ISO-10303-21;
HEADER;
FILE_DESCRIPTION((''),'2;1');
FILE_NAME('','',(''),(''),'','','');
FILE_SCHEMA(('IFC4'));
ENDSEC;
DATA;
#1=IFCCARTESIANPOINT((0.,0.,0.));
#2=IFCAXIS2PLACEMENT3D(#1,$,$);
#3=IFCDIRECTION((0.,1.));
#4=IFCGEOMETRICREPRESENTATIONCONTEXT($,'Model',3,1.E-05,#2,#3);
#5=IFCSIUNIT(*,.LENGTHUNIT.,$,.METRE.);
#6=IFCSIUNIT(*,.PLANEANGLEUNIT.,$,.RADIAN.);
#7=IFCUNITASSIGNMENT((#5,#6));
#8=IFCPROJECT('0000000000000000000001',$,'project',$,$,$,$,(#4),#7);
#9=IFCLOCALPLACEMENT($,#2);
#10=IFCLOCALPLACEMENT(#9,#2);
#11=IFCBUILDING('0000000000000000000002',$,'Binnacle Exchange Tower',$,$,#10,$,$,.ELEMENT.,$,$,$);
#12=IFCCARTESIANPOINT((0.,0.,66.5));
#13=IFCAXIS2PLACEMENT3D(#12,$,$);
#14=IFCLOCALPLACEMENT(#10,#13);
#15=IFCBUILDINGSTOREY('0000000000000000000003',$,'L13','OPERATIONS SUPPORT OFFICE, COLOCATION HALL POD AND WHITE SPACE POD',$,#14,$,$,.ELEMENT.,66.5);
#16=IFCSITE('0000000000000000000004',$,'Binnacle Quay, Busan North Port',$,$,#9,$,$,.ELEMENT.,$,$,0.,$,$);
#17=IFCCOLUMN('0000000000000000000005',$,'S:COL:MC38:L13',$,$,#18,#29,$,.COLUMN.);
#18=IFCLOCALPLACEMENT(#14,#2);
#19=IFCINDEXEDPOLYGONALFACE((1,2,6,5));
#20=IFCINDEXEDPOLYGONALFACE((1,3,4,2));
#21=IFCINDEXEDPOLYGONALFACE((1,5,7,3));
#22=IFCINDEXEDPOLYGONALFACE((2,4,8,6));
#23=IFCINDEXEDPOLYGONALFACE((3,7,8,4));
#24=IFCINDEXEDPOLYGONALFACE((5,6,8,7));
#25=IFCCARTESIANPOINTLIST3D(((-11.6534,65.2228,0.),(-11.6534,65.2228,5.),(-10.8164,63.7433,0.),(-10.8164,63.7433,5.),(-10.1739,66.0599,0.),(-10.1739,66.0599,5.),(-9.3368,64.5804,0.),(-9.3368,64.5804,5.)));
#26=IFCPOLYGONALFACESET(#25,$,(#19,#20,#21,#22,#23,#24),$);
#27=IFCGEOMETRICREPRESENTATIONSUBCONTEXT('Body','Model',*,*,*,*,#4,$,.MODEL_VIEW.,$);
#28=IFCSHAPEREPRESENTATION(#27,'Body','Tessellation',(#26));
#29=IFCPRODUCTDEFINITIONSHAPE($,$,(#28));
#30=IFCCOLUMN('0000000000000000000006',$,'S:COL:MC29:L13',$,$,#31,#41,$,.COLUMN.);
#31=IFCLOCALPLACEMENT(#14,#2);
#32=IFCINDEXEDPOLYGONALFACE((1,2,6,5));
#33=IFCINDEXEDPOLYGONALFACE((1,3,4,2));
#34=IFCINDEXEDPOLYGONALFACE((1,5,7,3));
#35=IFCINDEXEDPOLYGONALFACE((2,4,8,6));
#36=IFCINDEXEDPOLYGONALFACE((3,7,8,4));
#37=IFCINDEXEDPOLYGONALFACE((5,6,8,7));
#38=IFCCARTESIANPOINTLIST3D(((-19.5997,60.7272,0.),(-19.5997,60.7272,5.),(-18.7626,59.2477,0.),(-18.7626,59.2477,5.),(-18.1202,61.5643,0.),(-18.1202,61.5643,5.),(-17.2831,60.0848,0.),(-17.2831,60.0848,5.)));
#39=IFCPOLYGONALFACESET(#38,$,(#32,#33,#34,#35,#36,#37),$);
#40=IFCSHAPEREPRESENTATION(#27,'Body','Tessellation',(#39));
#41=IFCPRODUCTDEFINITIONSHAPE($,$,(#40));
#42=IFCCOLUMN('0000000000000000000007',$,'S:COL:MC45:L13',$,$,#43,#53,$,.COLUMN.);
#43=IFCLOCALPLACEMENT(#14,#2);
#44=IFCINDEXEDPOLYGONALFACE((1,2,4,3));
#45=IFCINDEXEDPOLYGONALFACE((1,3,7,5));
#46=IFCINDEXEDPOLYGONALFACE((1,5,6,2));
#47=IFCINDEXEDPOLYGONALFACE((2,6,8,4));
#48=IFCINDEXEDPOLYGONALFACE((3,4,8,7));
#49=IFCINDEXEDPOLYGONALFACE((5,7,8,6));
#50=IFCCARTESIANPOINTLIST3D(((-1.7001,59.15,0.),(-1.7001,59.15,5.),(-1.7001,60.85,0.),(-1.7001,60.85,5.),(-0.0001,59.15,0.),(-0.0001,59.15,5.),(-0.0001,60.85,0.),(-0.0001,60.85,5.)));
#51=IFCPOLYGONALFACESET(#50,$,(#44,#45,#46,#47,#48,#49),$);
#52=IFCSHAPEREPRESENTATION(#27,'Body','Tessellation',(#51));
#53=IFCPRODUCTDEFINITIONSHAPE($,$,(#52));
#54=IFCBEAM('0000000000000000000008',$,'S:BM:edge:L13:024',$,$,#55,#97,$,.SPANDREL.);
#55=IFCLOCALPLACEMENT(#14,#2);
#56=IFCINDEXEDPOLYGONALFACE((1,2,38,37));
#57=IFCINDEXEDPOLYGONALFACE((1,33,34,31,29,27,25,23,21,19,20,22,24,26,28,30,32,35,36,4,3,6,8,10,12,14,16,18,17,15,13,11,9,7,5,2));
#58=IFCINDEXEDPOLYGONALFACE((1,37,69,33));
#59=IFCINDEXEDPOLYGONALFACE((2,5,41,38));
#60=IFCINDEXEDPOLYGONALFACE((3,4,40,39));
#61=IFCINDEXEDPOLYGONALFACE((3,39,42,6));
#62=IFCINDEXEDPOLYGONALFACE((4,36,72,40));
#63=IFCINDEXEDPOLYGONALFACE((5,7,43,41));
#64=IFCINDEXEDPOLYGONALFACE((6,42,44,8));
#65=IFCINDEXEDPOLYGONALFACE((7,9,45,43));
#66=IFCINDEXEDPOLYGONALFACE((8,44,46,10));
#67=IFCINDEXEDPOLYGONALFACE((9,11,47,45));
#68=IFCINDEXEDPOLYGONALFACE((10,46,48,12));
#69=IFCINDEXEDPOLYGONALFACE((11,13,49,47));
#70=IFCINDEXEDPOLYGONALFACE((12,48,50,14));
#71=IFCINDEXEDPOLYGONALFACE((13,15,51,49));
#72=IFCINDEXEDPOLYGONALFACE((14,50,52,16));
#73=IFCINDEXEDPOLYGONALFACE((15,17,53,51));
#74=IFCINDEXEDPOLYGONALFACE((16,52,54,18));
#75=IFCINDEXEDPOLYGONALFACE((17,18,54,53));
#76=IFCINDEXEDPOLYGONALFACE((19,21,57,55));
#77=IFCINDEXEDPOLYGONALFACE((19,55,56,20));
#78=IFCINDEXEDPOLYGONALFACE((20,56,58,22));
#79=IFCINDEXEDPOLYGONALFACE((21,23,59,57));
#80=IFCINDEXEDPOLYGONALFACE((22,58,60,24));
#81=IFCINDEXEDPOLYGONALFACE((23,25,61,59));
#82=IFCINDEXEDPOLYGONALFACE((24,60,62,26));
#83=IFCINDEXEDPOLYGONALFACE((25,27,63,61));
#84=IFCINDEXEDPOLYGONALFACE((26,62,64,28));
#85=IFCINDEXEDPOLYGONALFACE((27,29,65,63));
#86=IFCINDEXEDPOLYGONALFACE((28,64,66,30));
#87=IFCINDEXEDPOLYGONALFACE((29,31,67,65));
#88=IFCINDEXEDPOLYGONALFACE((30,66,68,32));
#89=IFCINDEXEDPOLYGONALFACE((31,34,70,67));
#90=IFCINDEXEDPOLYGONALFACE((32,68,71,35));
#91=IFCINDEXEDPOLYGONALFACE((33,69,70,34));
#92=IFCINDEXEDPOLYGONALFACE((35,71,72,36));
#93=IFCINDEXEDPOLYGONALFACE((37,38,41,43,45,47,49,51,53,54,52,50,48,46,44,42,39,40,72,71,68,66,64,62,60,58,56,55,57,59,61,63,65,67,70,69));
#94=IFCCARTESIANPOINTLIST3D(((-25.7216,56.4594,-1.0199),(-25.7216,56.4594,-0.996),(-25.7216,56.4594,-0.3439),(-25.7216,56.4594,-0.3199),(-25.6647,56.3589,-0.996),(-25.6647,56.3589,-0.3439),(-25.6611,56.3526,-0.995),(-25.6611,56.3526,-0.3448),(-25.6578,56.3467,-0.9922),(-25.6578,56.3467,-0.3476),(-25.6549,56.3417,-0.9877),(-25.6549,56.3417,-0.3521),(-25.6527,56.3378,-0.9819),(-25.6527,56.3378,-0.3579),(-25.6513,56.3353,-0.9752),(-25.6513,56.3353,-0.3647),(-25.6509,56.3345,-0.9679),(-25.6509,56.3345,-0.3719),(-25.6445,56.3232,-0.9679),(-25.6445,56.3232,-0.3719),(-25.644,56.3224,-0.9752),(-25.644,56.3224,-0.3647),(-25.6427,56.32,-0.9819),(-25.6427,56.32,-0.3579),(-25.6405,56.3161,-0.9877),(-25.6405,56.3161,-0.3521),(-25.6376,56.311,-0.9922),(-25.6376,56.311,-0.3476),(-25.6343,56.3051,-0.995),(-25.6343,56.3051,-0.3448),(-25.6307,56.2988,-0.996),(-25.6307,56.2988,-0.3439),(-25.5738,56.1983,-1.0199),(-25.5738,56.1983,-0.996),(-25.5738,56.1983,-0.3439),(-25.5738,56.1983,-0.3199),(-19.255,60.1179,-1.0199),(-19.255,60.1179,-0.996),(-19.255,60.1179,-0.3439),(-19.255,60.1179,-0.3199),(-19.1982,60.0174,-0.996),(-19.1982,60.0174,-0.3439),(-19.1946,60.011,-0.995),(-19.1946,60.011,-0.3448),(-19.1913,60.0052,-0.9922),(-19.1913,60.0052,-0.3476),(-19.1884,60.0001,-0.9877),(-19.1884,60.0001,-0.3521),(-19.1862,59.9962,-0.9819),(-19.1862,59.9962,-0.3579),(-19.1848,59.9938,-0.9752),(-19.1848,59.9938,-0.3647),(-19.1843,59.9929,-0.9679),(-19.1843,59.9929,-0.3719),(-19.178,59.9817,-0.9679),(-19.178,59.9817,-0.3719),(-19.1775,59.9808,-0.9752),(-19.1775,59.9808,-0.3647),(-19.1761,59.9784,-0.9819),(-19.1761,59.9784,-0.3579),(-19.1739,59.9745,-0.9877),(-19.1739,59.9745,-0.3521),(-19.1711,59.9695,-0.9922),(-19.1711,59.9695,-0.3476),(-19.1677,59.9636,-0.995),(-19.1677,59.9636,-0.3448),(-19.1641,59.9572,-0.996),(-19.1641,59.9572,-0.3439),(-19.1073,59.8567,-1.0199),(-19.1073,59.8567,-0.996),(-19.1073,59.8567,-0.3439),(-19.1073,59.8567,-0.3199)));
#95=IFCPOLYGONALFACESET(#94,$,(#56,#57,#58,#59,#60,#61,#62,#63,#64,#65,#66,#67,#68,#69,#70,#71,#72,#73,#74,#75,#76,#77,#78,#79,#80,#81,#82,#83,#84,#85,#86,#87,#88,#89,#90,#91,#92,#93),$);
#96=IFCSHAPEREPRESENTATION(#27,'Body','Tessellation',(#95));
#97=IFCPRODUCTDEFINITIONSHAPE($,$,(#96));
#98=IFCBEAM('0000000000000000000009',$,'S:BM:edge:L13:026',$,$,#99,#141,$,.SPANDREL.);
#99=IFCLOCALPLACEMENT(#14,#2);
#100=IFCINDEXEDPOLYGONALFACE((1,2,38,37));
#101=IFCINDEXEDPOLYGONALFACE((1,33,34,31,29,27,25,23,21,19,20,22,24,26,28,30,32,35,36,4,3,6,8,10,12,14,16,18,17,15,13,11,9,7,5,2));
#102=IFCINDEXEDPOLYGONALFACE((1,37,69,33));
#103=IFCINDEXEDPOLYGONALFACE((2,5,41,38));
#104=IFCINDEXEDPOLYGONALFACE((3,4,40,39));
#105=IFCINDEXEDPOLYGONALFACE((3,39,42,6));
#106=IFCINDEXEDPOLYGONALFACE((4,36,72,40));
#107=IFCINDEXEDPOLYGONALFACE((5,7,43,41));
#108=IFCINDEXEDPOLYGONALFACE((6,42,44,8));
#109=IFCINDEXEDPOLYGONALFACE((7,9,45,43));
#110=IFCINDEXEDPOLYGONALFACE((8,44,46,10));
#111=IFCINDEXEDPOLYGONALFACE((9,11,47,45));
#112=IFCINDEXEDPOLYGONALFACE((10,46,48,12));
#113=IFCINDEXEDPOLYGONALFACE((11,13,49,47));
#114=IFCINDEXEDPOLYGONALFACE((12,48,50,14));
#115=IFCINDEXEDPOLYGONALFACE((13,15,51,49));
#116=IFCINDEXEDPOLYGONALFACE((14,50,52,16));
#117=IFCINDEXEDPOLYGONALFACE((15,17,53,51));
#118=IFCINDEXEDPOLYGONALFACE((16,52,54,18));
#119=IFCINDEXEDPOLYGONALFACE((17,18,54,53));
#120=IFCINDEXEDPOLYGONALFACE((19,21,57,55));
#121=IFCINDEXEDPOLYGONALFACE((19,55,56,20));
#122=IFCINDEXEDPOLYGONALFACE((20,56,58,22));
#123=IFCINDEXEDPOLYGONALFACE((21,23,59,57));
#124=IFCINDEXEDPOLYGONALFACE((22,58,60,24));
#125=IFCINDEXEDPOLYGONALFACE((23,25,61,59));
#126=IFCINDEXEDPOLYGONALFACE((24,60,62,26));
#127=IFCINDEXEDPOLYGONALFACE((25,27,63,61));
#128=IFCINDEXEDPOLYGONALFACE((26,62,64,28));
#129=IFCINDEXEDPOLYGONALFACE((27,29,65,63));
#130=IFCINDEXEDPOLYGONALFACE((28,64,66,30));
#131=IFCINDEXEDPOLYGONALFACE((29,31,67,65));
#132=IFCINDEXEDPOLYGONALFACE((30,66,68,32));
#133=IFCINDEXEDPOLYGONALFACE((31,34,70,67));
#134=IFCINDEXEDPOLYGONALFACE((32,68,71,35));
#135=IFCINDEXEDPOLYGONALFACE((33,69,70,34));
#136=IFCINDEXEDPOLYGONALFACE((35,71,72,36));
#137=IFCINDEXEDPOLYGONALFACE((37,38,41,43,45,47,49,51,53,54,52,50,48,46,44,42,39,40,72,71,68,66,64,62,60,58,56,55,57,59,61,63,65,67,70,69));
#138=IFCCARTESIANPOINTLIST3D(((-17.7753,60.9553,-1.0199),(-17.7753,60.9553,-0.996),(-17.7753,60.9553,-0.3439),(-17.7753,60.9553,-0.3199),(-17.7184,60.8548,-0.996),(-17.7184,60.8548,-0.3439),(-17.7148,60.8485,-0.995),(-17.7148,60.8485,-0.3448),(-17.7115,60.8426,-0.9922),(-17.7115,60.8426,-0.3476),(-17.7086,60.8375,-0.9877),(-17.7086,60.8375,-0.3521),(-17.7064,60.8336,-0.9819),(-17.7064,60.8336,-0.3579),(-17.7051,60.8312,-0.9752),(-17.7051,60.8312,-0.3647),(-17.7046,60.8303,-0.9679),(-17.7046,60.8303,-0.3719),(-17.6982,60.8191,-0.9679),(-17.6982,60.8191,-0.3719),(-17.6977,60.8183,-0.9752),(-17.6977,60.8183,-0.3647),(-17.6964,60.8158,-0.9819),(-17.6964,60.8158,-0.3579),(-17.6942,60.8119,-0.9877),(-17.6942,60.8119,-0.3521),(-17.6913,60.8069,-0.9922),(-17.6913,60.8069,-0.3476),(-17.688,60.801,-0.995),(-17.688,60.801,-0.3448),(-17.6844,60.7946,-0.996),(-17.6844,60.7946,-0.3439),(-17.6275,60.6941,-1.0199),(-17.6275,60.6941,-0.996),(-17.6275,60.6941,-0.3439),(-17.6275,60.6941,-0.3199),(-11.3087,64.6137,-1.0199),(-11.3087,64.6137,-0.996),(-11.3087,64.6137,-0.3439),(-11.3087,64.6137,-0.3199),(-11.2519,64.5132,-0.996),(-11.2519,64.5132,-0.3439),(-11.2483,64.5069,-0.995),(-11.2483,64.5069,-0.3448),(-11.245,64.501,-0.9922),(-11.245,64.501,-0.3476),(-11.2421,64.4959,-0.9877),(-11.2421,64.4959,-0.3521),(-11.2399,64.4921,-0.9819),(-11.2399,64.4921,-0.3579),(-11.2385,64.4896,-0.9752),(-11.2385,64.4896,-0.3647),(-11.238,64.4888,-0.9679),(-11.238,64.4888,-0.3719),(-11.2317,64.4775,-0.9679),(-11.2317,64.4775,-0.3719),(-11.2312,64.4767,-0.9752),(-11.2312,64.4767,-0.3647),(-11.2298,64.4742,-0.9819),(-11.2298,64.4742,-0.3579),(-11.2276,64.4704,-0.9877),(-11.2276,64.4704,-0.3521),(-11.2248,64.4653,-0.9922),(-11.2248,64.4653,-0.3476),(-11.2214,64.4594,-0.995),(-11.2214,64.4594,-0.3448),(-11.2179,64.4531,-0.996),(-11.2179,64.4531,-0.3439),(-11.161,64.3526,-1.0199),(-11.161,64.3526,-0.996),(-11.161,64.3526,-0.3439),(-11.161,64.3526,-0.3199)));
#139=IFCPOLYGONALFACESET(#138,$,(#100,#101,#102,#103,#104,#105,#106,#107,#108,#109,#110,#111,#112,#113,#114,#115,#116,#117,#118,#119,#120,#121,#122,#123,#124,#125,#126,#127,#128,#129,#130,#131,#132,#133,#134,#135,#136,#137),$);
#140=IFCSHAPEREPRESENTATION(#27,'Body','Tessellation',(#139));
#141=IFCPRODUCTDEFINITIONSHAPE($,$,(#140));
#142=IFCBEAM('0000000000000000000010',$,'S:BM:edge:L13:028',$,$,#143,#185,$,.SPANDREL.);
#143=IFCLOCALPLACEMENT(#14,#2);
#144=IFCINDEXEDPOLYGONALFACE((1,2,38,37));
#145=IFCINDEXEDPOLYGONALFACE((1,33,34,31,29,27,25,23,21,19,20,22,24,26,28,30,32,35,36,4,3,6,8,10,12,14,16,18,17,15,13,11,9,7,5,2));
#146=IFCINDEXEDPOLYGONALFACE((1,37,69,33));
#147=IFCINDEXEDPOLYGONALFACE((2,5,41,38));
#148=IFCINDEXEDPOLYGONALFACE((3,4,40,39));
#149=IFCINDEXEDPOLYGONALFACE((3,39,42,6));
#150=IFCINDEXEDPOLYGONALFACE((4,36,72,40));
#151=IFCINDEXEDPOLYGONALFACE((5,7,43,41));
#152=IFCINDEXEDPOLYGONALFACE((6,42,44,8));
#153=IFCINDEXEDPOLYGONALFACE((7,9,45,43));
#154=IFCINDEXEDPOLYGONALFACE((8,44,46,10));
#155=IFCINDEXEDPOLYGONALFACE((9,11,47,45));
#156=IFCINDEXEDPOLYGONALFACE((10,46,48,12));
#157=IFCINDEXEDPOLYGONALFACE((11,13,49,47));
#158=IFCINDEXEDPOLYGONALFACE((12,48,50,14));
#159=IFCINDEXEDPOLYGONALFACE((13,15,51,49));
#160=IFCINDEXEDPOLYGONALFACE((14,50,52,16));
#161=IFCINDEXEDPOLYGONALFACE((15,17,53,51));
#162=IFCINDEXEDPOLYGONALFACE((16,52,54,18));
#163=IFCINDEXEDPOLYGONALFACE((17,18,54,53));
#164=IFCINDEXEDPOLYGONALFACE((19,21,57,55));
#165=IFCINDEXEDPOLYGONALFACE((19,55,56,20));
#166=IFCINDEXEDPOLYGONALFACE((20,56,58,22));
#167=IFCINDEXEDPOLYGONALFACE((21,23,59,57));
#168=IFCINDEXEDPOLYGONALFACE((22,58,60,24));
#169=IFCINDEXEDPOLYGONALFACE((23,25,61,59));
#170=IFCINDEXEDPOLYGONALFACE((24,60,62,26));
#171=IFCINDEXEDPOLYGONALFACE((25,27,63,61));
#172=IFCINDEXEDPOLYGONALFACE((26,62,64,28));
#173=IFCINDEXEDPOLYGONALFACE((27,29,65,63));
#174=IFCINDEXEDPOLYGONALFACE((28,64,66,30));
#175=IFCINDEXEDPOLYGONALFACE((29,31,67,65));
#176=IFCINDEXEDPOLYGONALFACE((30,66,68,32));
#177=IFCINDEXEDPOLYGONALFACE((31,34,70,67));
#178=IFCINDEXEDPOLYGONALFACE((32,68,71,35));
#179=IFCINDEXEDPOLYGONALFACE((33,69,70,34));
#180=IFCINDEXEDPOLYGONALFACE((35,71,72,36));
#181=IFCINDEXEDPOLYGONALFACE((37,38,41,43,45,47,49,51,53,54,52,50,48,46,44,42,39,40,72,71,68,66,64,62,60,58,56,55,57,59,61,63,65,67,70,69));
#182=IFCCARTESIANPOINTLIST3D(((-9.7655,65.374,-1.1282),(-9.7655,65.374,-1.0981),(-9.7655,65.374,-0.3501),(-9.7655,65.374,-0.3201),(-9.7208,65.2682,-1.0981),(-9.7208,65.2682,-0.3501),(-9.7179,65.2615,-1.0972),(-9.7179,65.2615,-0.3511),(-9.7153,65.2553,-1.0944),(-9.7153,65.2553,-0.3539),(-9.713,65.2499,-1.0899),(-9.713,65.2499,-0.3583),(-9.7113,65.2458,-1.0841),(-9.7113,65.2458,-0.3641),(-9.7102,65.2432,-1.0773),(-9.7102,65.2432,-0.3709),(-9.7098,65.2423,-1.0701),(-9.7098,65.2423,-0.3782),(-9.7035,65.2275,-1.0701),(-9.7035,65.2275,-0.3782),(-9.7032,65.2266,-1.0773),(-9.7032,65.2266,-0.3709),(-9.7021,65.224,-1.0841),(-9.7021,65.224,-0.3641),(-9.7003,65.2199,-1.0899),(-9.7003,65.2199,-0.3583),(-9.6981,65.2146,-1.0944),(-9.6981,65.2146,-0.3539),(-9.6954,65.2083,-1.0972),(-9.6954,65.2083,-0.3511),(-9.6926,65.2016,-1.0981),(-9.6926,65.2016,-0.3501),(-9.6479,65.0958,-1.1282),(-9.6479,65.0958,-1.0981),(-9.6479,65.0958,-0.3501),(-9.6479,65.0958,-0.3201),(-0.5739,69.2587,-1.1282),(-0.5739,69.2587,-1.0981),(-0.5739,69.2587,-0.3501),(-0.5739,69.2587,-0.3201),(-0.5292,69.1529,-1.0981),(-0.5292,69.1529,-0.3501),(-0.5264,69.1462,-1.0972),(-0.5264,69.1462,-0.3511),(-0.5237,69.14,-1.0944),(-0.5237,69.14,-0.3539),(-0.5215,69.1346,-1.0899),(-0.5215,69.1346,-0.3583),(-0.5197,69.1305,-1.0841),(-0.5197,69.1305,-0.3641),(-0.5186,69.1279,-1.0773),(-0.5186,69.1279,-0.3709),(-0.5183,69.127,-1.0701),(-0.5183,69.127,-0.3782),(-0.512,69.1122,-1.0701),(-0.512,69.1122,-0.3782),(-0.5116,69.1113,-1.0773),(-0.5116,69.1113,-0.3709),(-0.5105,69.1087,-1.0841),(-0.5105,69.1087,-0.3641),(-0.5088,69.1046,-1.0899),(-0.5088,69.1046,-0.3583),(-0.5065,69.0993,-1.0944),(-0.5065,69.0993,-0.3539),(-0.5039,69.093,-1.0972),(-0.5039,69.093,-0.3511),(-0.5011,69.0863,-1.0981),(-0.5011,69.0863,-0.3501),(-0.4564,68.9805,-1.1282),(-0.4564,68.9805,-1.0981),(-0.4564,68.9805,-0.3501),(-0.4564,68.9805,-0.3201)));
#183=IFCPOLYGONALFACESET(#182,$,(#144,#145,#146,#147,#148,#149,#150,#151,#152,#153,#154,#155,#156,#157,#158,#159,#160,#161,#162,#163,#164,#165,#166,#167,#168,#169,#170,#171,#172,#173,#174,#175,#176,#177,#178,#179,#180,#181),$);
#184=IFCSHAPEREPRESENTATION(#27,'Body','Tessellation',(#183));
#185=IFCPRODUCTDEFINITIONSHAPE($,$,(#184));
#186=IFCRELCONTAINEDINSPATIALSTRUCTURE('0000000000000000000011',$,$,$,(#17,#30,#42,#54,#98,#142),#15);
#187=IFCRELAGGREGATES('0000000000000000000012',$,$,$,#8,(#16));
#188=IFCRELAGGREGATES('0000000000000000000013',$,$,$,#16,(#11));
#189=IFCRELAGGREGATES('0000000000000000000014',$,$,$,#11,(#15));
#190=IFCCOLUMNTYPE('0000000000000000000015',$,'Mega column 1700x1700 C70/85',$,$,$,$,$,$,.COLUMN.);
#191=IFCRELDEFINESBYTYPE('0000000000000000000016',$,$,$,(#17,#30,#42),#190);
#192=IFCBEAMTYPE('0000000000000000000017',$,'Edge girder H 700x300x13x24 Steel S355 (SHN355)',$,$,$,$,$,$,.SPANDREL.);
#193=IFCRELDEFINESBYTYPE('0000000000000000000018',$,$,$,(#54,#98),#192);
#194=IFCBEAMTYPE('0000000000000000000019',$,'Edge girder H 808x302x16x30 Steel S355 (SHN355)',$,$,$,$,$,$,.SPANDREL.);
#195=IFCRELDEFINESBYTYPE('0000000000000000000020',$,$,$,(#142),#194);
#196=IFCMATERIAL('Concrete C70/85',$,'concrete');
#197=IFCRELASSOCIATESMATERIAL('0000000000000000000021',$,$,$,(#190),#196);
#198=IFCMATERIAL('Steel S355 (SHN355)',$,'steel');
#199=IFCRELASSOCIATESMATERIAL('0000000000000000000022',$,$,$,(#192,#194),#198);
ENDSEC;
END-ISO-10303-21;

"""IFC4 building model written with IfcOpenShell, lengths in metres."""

from ifc_helpers import new_model, si_unit, direction, frame, origin, origin_2d, place, context, subcontext, project, spatial, rectangle, i_section, extrude, material, material_profile, profile_set, type_object, element, save


model = new_model("IFC4")

# Units and contexts
model_context = context("Model", 3, precision=1e-05, world=origin(), true_north=direction((0.0, 1.0)))
body_context = subcontext(model_context, "Body", "Model", "MODEL_VIEW")
ifc_project = project(units=[si_unit("LENGTHUNIT", "METRE"), si_unit("PLANEANGLEUNIT", "RADIAN")], contexts=[model_context])

# Site, building, storey
site_placement = place(None, origin())
site = spatial("IfcSite", under=ifc_project, at=site_placement, Name="Binnacle Quay, Busan North Port", CompositionType="ELEMENT", RefElevation=0.0)
building_placement = place(site_placement, origin())
building = spatial("IfcBuilding", under=site, at=building_placement, Name="Binnacle Exchange Tower", CompositionType="ELEMENT")
storey_placement = place(building_placement, frame((0.0, 0.0, 66.5)))
storey = spatial("IfcBuildingStorey", under=building, at=storey_placement, Name="L13", Description="OPERATIONS SUPPORT OFFICE, COLOCATION HALL POD AND WHITE SPACE POD", CompositionType="ELEMENT", Elevation=66.5)

# Columns
ifc_material_1 = material(Name="Concrete C70/85", Category="concrete")
ifc_material_profile_1 = material_profile(ifc_material_1, rectangle(XDim=1.7, YDim=1.7, at=origin_2d()), Name="Mega column 1700x1700 C70/85")
ifc_profile_set_1 = profile_set([ifc_material_profile_1], Name="Concrete C70/85")
column_type = type_object("IfcColumnType", Name="Mega column 1700x1700 C70/85", PredefinedType="COLUMN", material=ifc_profile_set_1)
for number, where, z_axis, x_axis, name in (
    (1, (-10.4951, 64.9016, 0.0), (0.0, 0.0, 1.0), (-0.870356, -0.492424, 0.0), "S:COL:MC38:L13"),
    (2, (-18.4414, 60.406, 0.0), (0.0, 0.0, 1.0), (-0.870356, -0.492424, 0.0), "S:COL:MC29:L13"),
    (3, (-0.8501, 60.0, 0.0), (0.0, 0.0, 1.0), (0.0, 1.0, 0.0), "S:COL:MC45:L13"),
):
    element("IfcColumn", number, at=place(storey_placement, frame(where, z_axis=z_axis, x_axis=x_axis)), inside=storey, type_object=column_type, Name=name, PredefinedType="COLUMN", context=body_context, shape_type="SweptSolid", body=[
        extrude(rectangle(XDim=1.7, YDim=1.7, at=origin_2d()), origin(), (0.0, 0.0, 1.0), 5.0),
    ])

# Beams
ifc_material_2 = material(Name="Steel S355 (SHN355)", Category="steel")
ifc_material_profile_2 = material_profile(ifc_material_2, i_section(OverallWidth=0.3, OverallDepth=0.7, WebThickness=0.0129, FlangeThickness=0.0239, FilletRadius=0.0281, at=origin_2d()), Name="H 700x300x13x24")
ifc_profile_set_2 = profile_set([ifc_material_profile_2], Name="Steel S355 (SHN355)")
beam_type_1 = type_object("IfcBeamType", Name="Edge girder H 700x300x13x24 Steel S355 (SHN355)", PredefinedType="SPANDREL", material=ifc_profile_set_2)
for number, where, z_axis, x_axis, name in (
    (4, (-19.1812, 59.9873, -0.6699), (-0.870364, -0.492408, 0.0), (0.492408, -0.870364, 0.0), "S:BM:edge:L13:024"),
    (5, (-11.2349, 64.4832, -0.6699), (-0.870364, -0.492408, 0.0), (0.492408, -0.870364, 0.0), "S:BM:edge:L13:026"),
):
    element("IfcBeam", number, at=place(storey_placement, frame(where, z_axis=z_axis, x_axis=x_axis)), inside=storey, type_object=beam_type_1, Name=name, PredefinedType="SPANDREL", context=body_context, shape_type="SweptSolid", body=[
        extrude(i_section(OverallWidth=0.3, OverallDepth=0.7, WebThickness=0.0129, FlangeThickness=0.0239, FilletRadius=0.0281, at=origin_2d()), origin(), (0.0, 0.0, 1.0), 7.4297),
    ])
ifc_material_profile_3 = material_profile(ifc_material_2, i_section(OverallWidth=0.302, OverallDepth=0.8081, WebThickness=0.0161, FlangeThickness=0.03, FilletRadius=0.0281, at=origin_2d()), Name="H 808x302x16x30")
ifc_profile_set_3 = profile_set([ifc_material_profile_3], Name="Steel S355 (SHN355)")
beam_type_2 = type_object("IfcBeamType", Name="Edge girder H 808x302x16x30 Steel S355 (SHN355)", PredefinedType="SPANDREL", material=ifc_profile_set_3)
beam_1_placement = place(storey_placement, frame((-0.5151, 69.1196, -0.7241), z_axis=(-0.921111, -0.389299, 0.0), x_axis=(0.389299, -0.921111, 0.0)))
element("IfcBeam", 6, at=beam_1_placement, inside=storey, type_object=beam_type_2, Name="S:BM:edge:L13:028", PredefinedType="SPANDREL", context=body_context, shape_type="SweptSolid", body=[
    extrude(i_section(OverallWidth=0.302, OverallDepth=0.8081, WebThickness=0.0161, FlangeThickness=0.03, FilletRadius=0.0281, at=origin_2d()), origin(), (0.0, 0.0, 1.0), 9.9788),
])

save(model, "model.ifc")
